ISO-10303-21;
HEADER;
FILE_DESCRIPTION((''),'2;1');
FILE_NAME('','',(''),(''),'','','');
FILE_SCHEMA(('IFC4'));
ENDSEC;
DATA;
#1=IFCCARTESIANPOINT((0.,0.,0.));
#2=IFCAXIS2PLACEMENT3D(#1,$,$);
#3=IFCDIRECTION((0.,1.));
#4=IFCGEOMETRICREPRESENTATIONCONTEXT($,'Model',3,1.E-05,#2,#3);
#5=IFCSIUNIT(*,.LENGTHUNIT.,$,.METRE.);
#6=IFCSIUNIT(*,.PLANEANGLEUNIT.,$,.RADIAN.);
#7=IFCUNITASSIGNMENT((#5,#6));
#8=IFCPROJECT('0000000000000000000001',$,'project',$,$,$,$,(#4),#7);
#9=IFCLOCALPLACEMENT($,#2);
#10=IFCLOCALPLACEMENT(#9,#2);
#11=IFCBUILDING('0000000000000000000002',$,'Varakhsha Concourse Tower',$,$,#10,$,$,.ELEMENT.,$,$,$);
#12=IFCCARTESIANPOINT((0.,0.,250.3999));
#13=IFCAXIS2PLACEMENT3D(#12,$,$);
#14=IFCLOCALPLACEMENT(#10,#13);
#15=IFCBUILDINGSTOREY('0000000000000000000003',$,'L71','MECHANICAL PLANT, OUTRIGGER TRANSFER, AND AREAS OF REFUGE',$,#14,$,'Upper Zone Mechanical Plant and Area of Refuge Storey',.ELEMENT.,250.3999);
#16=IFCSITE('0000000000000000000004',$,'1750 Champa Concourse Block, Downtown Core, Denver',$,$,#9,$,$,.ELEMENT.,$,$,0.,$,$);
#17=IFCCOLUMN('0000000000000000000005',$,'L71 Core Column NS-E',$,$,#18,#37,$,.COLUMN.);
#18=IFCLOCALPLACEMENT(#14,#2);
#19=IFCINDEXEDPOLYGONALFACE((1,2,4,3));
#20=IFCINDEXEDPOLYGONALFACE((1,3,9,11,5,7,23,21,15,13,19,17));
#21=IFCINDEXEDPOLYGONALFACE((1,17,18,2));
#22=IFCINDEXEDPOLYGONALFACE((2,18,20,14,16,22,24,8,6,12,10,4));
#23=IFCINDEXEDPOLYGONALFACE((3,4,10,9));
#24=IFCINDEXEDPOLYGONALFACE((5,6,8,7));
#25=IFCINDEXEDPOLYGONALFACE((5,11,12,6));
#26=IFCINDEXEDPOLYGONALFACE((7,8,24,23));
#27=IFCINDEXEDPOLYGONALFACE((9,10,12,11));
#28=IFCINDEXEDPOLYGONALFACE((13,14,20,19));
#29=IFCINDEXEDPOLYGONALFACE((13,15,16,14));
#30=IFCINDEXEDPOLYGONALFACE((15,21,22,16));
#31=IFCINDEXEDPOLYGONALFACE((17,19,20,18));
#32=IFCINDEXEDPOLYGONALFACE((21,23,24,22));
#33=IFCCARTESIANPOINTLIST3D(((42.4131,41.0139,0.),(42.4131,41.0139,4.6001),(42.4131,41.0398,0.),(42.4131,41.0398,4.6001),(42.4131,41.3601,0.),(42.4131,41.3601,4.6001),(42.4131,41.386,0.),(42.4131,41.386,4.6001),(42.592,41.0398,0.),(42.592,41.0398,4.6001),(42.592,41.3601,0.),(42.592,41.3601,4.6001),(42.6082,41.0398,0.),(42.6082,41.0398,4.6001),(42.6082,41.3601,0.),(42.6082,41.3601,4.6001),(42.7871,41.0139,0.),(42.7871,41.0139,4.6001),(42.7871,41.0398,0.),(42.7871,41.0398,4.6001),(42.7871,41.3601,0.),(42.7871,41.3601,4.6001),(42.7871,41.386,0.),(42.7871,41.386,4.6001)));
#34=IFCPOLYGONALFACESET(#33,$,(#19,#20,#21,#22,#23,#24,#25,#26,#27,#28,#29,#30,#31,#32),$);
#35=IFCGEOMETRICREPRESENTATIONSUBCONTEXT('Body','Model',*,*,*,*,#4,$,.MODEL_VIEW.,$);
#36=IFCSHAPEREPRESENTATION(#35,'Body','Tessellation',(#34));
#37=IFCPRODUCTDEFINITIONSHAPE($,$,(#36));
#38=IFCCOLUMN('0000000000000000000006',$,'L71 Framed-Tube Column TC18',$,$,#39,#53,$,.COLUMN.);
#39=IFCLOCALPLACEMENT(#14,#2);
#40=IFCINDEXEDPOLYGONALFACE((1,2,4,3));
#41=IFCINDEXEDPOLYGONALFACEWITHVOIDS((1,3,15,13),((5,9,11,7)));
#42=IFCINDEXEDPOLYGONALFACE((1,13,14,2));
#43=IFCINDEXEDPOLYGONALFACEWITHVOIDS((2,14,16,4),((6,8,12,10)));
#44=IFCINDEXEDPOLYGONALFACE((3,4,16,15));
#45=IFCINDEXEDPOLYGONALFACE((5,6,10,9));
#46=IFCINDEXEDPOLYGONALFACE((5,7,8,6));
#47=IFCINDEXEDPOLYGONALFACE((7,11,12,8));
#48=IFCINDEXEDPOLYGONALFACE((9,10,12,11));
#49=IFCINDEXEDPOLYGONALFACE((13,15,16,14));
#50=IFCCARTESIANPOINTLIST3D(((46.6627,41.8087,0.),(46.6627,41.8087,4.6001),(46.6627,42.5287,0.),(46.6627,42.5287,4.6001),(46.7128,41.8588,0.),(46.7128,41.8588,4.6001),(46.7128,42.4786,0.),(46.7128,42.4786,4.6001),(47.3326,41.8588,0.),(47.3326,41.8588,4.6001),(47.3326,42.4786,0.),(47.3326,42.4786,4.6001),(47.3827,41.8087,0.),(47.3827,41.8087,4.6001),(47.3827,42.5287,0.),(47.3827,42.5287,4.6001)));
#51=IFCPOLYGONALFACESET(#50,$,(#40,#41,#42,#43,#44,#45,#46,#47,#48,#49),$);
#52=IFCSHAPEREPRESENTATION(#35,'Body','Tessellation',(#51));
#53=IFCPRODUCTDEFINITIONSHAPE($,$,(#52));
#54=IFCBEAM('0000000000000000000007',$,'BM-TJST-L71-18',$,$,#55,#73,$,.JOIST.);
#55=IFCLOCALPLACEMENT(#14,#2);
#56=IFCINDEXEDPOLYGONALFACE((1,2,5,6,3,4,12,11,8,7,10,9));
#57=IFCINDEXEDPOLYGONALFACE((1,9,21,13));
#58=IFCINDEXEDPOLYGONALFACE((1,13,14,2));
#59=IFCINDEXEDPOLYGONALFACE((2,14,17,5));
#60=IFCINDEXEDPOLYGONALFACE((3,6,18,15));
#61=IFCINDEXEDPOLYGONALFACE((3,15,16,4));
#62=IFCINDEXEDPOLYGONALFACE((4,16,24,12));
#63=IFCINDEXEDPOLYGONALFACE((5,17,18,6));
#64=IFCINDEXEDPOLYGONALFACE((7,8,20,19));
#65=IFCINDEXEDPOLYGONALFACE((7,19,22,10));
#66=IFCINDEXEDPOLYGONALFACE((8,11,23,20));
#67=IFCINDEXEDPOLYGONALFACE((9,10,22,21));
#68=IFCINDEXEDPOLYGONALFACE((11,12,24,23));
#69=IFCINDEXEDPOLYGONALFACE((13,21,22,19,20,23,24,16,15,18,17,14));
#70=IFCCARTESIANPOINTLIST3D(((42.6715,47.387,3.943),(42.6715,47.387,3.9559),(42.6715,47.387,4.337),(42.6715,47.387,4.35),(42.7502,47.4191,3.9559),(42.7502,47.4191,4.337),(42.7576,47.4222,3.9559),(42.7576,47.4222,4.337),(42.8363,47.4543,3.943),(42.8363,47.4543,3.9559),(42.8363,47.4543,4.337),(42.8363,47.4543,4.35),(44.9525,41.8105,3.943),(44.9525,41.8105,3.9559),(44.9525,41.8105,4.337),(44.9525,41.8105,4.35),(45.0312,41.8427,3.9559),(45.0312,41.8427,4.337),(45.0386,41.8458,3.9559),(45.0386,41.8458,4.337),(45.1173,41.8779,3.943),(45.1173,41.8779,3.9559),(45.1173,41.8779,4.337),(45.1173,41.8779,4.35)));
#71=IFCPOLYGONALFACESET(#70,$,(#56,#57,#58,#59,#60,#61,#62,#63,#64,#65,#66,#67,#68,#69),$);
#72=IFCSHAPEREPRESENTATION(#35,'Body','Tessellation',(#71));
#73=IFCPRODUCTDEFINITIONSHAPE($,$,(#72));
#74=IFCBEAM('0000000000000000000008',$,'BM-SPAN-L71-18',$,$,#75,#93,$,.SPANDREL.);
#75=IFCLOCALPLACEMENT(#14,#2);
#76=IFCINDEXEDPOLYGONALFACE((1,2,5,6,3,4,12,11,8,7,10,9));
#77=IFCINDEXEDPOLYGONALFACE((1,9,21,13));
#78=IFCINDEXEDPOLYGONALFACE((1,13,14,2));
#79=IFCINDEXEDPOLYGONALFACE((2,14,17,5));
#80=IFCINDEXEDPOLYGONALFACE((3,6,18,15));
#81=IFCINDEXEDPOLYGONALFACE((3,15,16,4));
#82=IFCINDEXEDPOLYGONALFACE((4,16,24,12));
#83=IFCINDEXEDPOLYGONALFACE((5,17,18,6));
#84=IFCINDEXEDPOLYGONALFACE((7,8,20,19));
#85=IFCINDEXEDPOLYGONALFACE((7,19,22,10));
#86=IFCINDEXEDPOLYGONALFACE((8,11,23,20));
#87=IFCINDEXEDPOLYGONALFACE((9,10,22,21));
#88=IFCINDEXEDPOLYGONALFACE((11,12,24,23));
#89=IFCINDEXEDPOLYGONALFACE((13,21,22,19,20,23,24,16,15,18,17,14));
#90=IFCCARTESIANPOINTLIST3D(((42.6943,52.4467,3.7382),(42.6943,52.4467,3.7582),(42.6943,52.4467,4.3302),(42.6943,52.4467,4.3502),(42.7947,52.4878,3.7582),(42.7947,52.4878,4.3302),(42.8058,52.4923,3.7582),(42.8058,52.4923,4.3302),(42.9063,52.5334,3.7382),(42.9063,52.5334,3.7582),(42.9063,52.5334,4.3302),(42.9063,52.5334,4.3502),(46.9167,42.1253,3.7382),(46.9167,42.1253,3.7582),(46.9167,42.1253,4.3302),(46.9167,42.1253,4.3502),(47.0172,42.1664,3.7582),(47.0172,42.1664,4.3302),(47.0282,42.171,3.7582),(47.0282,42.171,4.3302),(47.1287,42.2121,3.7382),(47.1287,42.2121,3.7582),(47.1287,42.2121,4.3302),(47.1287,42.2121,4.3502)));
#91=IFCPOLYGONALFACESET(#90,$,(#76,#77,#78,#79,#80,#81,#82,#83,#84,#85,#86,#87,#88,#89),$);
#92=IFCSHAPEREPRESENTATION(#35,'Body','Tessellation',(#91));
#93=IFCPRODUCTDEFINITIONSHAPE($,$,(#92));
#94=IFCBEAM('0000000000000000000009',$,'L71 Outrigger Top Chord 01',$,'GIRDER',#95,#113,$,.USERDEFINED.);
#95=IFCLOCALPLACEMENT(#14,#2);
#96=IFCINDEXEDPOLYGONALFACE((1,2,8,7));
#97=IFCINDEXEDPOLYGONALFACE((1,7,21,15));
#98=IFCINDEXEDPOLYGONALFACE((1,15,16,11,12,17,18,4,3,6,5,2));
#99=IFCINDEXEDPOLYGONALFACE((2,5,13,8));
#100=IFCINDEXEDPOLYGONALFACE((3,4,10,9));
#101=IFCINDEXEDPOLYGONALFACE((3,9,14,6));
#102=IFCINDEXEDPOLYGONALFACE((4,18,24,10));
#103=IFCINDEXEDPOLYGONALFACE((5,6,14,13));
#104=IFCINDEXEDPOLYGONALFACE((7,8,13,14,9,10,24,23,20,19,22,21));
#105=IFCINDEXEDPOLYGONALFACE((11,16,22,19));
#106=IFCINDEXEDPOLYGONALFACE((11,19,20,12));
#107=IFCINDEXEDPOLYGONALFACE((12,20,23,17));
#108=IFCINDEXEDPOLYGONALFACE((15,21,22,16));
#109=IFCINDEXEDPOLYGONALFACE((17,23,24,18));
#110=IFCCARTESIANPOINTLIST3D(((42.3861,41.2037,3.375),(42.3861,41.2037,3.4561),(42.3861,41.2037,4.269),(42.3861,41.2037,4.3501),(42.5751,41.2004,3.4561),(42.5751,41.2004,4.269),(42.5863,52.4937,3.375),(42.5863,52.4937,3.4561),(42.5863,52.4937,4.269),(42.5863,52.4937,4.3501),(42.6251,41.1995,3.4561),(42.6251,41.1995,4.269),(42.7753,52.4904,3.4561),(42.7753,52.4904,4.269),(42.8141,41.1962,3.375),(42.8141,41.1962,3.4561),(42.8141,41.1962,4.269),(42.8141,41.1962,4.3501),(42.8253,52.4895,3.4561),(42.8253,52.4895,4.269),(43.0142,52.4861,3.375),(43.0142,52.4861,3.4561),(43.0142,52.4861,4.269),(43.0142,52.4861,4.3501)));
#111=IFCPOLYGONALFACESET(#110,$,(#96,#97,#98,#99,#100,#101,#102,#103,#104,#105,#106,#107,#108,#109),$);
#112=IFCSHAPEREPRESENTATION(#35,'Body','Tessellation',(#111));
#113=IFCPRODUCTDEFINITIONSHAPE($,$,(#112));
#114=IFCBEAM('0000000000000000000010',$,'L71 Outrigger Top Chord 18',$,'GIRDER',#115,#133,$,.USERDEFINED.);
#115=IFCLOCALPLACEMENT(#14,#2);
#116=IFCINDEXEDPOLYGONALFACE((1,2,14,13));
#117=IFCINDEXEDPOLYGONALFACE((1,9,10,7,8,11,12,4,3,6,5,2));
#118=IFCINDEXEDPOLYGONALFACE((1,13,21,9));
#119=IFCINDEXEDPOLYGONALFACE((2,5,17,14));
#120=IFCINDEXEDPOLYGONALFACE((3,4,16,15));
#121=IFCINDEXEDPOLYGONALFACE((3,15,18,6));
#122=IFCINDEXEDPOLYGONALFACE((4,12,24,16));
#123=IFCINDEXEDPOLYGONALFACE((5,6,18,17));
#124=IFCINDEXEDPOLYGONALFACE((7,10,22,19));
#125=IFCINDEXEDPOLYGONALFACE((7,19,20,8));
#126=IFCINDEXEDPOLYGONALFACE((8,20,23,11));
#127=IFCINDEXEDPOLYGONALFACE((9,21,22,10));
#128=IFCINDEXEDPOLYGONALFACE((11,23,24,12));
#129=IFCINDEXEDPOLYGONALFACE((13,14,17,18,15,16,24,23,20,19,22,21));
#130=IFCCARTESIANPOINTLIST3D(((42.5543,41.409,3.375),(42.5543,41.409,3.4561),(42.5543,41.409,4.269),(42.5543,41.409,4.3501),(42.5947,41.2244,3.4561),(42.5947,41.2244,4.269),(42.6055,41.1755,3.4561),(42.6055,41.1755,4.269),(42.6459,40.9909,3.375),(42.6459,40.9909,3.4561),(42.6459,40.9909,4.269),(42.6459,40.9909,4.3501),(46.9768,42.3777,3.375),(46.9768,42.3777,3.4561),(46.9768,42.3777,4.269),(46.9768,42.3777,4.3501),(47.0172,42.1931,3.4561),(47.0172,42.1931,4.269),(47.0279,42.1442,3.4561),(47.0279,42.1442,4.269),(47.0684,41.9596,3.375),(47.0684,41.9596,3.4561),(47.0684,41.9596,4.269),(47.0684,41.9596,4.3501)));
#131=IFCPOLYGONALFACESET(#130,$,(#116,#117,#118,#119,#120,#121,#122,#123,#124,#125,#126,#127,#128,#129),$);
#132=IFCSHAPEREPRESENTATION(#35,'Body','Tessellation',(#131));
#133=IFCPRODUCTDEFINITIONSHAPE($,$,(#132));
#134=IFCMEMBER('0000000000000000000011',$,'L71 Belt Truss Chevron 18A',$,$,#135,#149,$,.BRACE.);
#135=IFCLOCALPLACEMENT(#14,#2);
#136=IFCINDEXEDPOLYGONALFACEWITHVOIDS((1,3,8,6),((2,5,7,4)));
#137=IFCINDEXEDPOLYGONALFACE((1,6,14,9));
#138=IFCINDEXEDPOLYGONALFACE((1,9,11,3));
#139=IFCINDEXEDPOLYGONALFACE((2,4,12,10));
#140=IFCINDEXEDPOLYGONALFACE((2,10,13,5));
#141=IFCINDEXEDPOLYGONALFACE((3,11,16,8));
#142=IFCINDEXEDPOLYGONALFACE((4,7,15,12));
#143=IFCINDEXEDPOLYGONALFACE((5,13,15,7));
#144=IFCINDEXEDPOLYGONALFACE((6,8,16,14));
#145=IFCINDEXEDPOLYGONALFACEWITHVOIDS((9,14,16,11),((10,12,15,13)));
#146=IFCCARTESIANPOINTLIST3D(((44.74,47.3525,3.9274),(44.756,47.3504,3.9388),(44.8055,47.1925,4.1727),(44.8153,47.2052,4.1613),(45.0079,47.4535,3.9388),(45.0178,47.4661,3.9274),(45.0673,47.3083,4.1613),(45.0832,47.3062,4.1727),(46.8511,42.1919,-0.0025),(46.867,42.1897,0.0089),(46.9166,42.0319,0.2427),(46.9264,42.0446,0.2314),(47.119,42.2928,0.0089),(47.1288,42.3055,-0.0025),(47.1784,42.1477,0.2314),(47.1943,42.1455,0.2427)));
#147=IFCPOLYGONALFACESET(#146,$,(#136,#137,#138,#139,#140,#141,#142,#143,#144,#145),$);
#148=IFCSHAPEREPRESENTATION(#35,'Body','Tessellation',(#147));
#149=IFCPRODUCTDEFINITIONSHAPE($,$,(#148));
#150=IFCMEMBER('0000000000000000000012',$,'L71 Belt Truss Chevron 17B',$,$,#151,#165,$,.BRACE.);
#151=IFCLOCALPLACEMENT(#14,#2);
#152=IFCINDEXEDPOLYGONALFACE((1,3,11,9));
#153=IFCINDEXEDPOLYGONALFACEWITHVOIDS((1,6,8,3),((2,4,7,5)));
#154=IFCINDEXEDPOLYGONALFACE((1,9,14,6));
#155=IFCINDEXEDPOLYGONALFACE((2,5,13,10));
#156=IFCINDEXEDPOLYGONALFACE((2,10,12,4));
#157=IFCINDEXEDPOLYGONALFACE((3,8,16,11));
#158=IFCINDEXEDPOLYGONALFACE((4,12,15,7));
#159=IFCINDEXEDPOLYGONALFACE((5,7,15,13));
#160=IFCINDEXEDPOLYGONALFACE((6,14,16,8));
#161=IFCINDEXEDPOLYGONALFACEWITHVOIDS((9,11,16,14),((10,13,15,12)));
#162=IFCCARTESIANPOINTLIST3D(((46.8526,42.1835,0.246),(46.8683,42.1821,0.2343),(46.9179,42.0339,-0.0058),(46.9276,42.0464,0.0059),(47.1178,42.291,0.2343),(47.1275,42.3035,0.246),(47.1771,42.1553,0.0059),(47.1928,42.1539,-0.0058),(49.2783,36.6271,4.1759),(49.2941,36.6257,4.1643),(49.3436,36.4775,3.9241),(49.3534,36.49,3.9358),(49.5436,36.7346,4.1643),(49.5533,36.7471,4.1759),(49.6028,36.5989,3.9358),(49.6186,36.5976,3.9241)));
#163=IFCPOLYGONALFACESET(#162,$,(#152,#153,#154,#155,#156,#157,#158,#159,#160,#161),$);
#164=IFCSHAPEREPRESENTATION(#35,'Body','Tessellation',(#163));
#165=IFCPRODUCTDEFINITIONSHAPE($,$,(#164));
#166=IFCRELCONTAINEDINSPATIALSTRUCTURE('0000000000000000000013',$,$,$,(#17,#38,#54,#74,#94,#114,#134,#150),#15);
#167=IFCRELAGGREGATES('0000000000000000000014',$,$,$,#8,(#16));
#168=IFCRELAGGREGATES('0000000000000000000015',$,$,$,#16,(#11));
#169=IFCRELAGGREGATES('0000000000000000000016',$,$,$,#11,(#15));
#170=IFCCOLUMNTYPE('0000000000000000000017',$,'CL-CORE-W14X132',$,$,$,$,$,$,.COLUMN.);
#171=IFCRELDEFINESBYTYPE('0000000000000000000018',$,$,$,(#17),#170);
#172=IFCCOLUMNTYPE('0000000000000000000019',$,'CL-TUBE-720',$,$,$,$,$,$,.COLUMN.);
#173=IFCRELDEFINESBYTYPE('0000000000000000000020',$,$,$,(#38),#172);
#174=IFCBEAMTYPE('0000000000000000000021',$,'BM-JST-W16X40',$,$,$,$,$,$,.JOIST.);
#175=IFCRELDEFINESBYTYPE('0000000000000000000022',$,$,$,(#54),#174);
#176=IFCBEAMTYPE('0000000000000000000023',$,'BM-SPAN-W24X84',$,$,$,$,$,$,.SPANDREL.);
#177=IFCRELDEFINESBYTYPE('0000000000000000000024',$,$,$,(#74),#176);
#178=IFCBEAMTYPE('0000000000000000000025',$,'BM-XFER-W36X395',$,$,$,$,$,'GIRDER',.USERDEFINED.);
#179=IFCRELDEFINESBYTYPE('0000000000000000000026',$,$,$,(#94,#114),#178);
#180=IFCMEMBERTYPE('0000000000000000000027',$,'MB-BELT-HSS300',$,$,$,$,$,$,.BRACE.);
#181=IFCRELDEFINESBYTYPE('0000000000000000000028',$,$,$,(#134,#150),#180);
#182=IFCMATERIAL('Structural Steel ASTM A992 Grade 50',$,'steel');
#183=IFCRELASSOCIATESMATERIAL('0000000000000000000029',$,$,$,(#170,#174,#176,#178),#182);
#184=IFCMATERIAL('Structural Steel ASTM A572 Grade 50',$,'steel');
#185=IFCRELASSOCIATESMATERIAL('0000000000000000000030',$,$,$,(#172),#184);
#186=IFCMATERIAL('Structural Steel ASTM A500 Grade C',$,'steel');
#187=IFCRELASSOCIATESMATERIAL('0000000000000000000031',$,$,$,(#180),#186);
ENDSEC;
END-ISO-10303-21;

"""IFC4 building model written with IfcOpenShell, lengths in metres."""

from ifc_helpers import new_model, si_unit, direction, frame, origin, origin_2d, place, context, subcontext, project, spatial, hollow_rectangle, i_section, extrude, source, transform, mapped, material, material_profile, profile_set, type_object, type_shapes, element, save


model = new_model("IFC4")

# Units and contexts
model_context = context("Model", 3, precision=1e-05, world=origin(), true_north=direction((0.0, 1.0)))
body_context = subcontext(model_context, "Body", "Model", "MODEL_VIEW")
ifc_project = project(units=[si_unit("LENGTHUNIT", "METRE"), si_unit("PLANEANGLEUNIT", "RADIAN")], contexts=[model_context])

# Site, building, storey
site_placement = place(None, origin())
site = spatial("IfcSite", under=ifc_project, at=site_placement, Name="1750 Champa Concourse Block, Downtown Core, Denver", CompositionType="ELEMENT", RefElevation=0.0)
building_placement = place(site_placement, origin())
building = spatial("IfcBuilding", under=site, at=building_placement, Name="Varakhsha Concourse Tower", CompositionType="ELEMENT")
storey_placement = place(building_placement, frame((0.0, 0.0, 250.3999)))
storey = spatial("IfcBuildingStorey", under=building, at=storey_placement, Name="L71", Description="MECHANICAL PLANT, OUTRIGGER TRANSFER, AND AREAS OF REFUGE", LongName="Upper Zone Mechanical Plant and Area of Refuge Storey", CompositionType="ELEMENT", Elevation=250.3999)

# Columns
ifc_material_1 = material(Name="Structural Steel ASTM A992 Grade 50", Category="steel")
ifc_material_profile_1 = material_profile(ifc_material_1, i_section(OverallWidth=0.374, OverallDepth=0.3721, WebThickness=0.0161, FlangeThickness=0.0259, at=origin_2d()), Name="W14X132")
ifc_profile_set_1 = profile_set([ifc_material_profile_1], Name="Structural Steel ASTM A992 Grade 50")
column_type_1 = type_object("IfcColumnType", Name="CL-CORE-W14X132", PredefinedType="COLUMN", material=ifc_profile_set_1)
column_1_placement = place(storey_placement, frame((42.6001, 41.2, 0.0), z_axis=(0.0, 0.0, 1.0), x_axis=(1.0, 0.0, 0.0)))
element("IfcColumn", 1, at=column_1_placement, inside=storey, type_object=column_type_1, Name="L71 Core Column NS-E", PredefinedType="COLUMN", context=body_context, shape_type="SweptSolid", body=[
    extrude(i_section(OverallWidth=0.374, OverallDepth=0.3721, WebThickness=0.0161, FlangeThickness=0.0259, at=origin_2d()), origin(), (0.0, 0.0, 1.0), 4.6001),
])
ifc_material_2 = material(Name="Structural Steel ASTM A572 Grade 50", Category="steel")
ifc_material_profile_2 = material_profile(ifc_material_2, hollow_rectangle(XDim=0.72, YDim=0.72, WallThickness=0.05, at=origin_2d()), Name="BOX 720x720x50")
ifc_profile_set_2 = profile_set([ifc_material_profile_2], Name="Structural Steel ASTM A572 Grade 50")
column_type_2 = type_object("IfcColumnType", Name="CL-TUBE-720", PredefinedType="COLUMN", material=ifc_profile_set_2)
column_2_placement = place(storey_placement, frame((47.0227, 42.1687, 0.0), z_axis=(0.0, 0.0, 1.0), x_axis=(1.0, 0.0, 0.0)))
element("IfcColumn", 2, at=column_2_placement, inside=storey, type_object=column_type_2, Name="L71 Framed-Tube Column TC18", PredefinedType="COLUMN", context=body_context, shape_type="SweptSolid", body=[
    extrude(hollow_rectangle(XDim=0.72, YDim=0.72, WallThickness=0.05, at=origin_2d()), origin(), (0.0, 0.0, 1.0), 4.6001),
])

# Beams
ifc_material_profile_3 = material_profile(ifc_material_1, i_section(OverallWidth=0.178, OverallDepth=0.407, WebThickness=0.0081, FlangeThickness=0.0129, at=origin_2d()), Name="W16X40")
ifc_profile_set_3 = profile_set([ifc_material_profile_3], Name="Structural Steel ASTM A992 Grade 50")
beam_type_1 = type_object("IfcBeamType", Name="BM-JST-W16X40", PredefinedType="JOIST", material=ifc_profile_set_3)
beam_1_placement = place(storey_placement, frame((45.0349, 41.8442, 4.1465), z_axis=(-0.378597, 0.925562, 0.0), x_axis=(-0.925562, -0.378597, 0.0)))
element("IfcBeam", 3, at=beam_1_placement, inside=storey, type_object=beam_type_1, Name="BM-TJST-L71-18", PredefinedType="JOIST", context=body_context, shape_type="SweptSolid", body=[
    extrude(i_section(OverallWidth=0.178, OverallDepth=0.407, WebThickness=0.0081, FlangeThickness=0.0129, at=origin_2d()), origin(), (0.0, 0.0, 1.0), 6.0249),
])
ifc_material_profile_4 = material_profile(ifc_material_1, i_section(OverallWidth=0.229, OverallDepth=0.6121, WebThickness=0.012, FlangeThickness=0.02, at=origin_2d()), Name="W24X84")
ifc_profile_set_4 = profile_set([ifc_material_profile_4], Name="Structural Steel ASTM A992 Grade 50")
beam_type_2 = type_object("IfcBeamType", Name="BM-SPAN-W24X84", PredefinedType="SPANDREL", material=ifc_profile_set_4)
beam_2_placement = place(storey_placement, frame((47.0227, 42.1687, 4.0442), z_axis=(-0.378638, 0.925545, 0.0), x_axis=(-0.925545, -0.378638, 0.0)))
element("IfcBeam", 4, at=beam_2_placement, inside=storey, type_object=beam_type_2, Name="BM-SPAN-L71-18", PredefinedType="SPANDREL", context=body_context, shape_type="SweptSolid", body=[
    extrude(i_section(OverallWidth=0.229, OverallDepth=0.6121, WebThickness=0.012, FlangeThickness=0.02, at=origin_2d()), origin(), (0.0, 0.0, 1.0), 11.1516),
])
ifc_material_profile_5 = material_profile(ifc_material_1, i_section(OverallWidth=0.428, OverallDepth=0.9751, WebThickness=0.05, FlangeThickness=0.0811, at=origin_2d()), Name="W36X395")
ifc_profile_set_5 = profile_set([ifc_material_profile_5], Name="Structural Steel ASTM A992 Grade 50")
beam_type_3 = type_object("IfcBeamType", Name="BM-XFER-W36X395", ElementType="GIRDER", PredefinedType="USERDEFINED", material=ifc_profile_set_5)
beam_3_placement = place(storey_placement, frame((42.6001, 41.2, 3.8625), z_axis=(0.017729, 0.999843, 0.0), x_axis=(-0.999843, 0.017729, 0.0)))
element("IfcBeam", 5, at=beam_3_placement, inside=storey, type_object=beam_type_3, Name="L71 Outrigger Top Chord 01", ObjectType="GIRDER", PredefinedType="USERDEFINED", context=body_context, shape_type="SweptSolid", body=[
    extrude(i_section(OverallWidth=0.428, OverallDepth=0.9751, WebThickness=0.05, FlangeThickness=0.0811, at=origin_2d()), origin(), (0.0, 0.0, 1.0), 11.2917),
])
beam_4_placement = place(storey_placement, frame((42.6001, 41.2, 3.8625), z_axis=(0.97684, 0.213972, 0.0), x_axis=(-0.213972, 0.97684, 0.0)))
element("IfcBeam", 6, at=beam_4_placement, inside=storey, type_object=beam_type_3, Name="L71 Outrigger Top Chord 18", ObjectType="GIRDER", PredefinedType="USERDEFINED", context=body_context, shape_type="SweptSolid", body=[
    extrude(i_section(OverallWidth=0.428, OverallDepth=0.9751, WebThickness=0.05, FlangeThickness=0.0811, at=origin_2d()), origin(), (0.0, 0.0, 1.0), 4.5273),
])

# Members
ifc_material_3 = material(Name="Structural Steel ASTM A500 Grade C", Category="steel")
ifc_material_profile_6 = material_profile(ifc_material_3, hollow_rectangle(XDim=0.3, YDim=0.3, WallThickness=0.0139, at=origin_2d()), Name="HSS 300x300x14")
ifc_profile_set_6 = profile_set([ifc_material_profile_6], Name="Structural Steel ASTM A500 Grade C")
member_type_1 = type_object("IfcMemberType", Name="MB-BELT-HSS300", PredefinedType="BRACE", material=ifc_profile_set_6)
shared_shape_1 = source(origin(), body_context, "Body", "SweptSolid", [
    extrude(hollow_rectangle(XDim=0.3, YDim=0.3, WallThickness=0.0139, at=origin_2d()), origin(), (0.0, 0.0, 1.0), 6.8215),
])
member_1_placement = place(storey_placement, frame((47.0227, 42.1687, 0.1201), z_axis=(-0.309474, 0.756523, 0.576107), x_axis=(-0.925553, -0.378619, 0.0)))
element("IfcMember", 7, at=member_1_placement, inside=storey, type_object=member_type_1, Name="L71 Belt Truss Chevron 18A", PredefinedType="BRACE", context=body_context, shape_type="MappedRepresentation", body=[
    mapped(shared_shape_1, transform((0.0, 0.0, 0.0), scale=1.0)),
])
shared_shape_2 = source(origin(), body_context, "Body", "SweptSolid", [
    extrude(hollow_rectangle(XDim=0.3, YDim=0.3, WallThickness=0.0139, at=origin_2d()), origin(), (0.0, 0.0, 1.0), 7.2251),
])
type_shapes(member_type_1, [shared_shape_1, shared_shape_2])
member_2_placement = place(storey_placement, frame((47.0227, 42.1687, 0.1201), z_axis=(0.335743, -0.769039, 0.543926), x_axis=(0.916469, 0.400107, 0.0)))
element("IfcMember", 8, at=member_2_placement, inside=storey, type_object=member_type_1, Name="L71 Belt Truss Chevron 17B", PredefinedType="BRACE", context=body_context, shape_type="MappedRepresentation", body=[
    mapped(shared_shape_2, transform((0.0, 0.0, 0.0), scale=1.0)),
])

save(model, "model.ifc")
